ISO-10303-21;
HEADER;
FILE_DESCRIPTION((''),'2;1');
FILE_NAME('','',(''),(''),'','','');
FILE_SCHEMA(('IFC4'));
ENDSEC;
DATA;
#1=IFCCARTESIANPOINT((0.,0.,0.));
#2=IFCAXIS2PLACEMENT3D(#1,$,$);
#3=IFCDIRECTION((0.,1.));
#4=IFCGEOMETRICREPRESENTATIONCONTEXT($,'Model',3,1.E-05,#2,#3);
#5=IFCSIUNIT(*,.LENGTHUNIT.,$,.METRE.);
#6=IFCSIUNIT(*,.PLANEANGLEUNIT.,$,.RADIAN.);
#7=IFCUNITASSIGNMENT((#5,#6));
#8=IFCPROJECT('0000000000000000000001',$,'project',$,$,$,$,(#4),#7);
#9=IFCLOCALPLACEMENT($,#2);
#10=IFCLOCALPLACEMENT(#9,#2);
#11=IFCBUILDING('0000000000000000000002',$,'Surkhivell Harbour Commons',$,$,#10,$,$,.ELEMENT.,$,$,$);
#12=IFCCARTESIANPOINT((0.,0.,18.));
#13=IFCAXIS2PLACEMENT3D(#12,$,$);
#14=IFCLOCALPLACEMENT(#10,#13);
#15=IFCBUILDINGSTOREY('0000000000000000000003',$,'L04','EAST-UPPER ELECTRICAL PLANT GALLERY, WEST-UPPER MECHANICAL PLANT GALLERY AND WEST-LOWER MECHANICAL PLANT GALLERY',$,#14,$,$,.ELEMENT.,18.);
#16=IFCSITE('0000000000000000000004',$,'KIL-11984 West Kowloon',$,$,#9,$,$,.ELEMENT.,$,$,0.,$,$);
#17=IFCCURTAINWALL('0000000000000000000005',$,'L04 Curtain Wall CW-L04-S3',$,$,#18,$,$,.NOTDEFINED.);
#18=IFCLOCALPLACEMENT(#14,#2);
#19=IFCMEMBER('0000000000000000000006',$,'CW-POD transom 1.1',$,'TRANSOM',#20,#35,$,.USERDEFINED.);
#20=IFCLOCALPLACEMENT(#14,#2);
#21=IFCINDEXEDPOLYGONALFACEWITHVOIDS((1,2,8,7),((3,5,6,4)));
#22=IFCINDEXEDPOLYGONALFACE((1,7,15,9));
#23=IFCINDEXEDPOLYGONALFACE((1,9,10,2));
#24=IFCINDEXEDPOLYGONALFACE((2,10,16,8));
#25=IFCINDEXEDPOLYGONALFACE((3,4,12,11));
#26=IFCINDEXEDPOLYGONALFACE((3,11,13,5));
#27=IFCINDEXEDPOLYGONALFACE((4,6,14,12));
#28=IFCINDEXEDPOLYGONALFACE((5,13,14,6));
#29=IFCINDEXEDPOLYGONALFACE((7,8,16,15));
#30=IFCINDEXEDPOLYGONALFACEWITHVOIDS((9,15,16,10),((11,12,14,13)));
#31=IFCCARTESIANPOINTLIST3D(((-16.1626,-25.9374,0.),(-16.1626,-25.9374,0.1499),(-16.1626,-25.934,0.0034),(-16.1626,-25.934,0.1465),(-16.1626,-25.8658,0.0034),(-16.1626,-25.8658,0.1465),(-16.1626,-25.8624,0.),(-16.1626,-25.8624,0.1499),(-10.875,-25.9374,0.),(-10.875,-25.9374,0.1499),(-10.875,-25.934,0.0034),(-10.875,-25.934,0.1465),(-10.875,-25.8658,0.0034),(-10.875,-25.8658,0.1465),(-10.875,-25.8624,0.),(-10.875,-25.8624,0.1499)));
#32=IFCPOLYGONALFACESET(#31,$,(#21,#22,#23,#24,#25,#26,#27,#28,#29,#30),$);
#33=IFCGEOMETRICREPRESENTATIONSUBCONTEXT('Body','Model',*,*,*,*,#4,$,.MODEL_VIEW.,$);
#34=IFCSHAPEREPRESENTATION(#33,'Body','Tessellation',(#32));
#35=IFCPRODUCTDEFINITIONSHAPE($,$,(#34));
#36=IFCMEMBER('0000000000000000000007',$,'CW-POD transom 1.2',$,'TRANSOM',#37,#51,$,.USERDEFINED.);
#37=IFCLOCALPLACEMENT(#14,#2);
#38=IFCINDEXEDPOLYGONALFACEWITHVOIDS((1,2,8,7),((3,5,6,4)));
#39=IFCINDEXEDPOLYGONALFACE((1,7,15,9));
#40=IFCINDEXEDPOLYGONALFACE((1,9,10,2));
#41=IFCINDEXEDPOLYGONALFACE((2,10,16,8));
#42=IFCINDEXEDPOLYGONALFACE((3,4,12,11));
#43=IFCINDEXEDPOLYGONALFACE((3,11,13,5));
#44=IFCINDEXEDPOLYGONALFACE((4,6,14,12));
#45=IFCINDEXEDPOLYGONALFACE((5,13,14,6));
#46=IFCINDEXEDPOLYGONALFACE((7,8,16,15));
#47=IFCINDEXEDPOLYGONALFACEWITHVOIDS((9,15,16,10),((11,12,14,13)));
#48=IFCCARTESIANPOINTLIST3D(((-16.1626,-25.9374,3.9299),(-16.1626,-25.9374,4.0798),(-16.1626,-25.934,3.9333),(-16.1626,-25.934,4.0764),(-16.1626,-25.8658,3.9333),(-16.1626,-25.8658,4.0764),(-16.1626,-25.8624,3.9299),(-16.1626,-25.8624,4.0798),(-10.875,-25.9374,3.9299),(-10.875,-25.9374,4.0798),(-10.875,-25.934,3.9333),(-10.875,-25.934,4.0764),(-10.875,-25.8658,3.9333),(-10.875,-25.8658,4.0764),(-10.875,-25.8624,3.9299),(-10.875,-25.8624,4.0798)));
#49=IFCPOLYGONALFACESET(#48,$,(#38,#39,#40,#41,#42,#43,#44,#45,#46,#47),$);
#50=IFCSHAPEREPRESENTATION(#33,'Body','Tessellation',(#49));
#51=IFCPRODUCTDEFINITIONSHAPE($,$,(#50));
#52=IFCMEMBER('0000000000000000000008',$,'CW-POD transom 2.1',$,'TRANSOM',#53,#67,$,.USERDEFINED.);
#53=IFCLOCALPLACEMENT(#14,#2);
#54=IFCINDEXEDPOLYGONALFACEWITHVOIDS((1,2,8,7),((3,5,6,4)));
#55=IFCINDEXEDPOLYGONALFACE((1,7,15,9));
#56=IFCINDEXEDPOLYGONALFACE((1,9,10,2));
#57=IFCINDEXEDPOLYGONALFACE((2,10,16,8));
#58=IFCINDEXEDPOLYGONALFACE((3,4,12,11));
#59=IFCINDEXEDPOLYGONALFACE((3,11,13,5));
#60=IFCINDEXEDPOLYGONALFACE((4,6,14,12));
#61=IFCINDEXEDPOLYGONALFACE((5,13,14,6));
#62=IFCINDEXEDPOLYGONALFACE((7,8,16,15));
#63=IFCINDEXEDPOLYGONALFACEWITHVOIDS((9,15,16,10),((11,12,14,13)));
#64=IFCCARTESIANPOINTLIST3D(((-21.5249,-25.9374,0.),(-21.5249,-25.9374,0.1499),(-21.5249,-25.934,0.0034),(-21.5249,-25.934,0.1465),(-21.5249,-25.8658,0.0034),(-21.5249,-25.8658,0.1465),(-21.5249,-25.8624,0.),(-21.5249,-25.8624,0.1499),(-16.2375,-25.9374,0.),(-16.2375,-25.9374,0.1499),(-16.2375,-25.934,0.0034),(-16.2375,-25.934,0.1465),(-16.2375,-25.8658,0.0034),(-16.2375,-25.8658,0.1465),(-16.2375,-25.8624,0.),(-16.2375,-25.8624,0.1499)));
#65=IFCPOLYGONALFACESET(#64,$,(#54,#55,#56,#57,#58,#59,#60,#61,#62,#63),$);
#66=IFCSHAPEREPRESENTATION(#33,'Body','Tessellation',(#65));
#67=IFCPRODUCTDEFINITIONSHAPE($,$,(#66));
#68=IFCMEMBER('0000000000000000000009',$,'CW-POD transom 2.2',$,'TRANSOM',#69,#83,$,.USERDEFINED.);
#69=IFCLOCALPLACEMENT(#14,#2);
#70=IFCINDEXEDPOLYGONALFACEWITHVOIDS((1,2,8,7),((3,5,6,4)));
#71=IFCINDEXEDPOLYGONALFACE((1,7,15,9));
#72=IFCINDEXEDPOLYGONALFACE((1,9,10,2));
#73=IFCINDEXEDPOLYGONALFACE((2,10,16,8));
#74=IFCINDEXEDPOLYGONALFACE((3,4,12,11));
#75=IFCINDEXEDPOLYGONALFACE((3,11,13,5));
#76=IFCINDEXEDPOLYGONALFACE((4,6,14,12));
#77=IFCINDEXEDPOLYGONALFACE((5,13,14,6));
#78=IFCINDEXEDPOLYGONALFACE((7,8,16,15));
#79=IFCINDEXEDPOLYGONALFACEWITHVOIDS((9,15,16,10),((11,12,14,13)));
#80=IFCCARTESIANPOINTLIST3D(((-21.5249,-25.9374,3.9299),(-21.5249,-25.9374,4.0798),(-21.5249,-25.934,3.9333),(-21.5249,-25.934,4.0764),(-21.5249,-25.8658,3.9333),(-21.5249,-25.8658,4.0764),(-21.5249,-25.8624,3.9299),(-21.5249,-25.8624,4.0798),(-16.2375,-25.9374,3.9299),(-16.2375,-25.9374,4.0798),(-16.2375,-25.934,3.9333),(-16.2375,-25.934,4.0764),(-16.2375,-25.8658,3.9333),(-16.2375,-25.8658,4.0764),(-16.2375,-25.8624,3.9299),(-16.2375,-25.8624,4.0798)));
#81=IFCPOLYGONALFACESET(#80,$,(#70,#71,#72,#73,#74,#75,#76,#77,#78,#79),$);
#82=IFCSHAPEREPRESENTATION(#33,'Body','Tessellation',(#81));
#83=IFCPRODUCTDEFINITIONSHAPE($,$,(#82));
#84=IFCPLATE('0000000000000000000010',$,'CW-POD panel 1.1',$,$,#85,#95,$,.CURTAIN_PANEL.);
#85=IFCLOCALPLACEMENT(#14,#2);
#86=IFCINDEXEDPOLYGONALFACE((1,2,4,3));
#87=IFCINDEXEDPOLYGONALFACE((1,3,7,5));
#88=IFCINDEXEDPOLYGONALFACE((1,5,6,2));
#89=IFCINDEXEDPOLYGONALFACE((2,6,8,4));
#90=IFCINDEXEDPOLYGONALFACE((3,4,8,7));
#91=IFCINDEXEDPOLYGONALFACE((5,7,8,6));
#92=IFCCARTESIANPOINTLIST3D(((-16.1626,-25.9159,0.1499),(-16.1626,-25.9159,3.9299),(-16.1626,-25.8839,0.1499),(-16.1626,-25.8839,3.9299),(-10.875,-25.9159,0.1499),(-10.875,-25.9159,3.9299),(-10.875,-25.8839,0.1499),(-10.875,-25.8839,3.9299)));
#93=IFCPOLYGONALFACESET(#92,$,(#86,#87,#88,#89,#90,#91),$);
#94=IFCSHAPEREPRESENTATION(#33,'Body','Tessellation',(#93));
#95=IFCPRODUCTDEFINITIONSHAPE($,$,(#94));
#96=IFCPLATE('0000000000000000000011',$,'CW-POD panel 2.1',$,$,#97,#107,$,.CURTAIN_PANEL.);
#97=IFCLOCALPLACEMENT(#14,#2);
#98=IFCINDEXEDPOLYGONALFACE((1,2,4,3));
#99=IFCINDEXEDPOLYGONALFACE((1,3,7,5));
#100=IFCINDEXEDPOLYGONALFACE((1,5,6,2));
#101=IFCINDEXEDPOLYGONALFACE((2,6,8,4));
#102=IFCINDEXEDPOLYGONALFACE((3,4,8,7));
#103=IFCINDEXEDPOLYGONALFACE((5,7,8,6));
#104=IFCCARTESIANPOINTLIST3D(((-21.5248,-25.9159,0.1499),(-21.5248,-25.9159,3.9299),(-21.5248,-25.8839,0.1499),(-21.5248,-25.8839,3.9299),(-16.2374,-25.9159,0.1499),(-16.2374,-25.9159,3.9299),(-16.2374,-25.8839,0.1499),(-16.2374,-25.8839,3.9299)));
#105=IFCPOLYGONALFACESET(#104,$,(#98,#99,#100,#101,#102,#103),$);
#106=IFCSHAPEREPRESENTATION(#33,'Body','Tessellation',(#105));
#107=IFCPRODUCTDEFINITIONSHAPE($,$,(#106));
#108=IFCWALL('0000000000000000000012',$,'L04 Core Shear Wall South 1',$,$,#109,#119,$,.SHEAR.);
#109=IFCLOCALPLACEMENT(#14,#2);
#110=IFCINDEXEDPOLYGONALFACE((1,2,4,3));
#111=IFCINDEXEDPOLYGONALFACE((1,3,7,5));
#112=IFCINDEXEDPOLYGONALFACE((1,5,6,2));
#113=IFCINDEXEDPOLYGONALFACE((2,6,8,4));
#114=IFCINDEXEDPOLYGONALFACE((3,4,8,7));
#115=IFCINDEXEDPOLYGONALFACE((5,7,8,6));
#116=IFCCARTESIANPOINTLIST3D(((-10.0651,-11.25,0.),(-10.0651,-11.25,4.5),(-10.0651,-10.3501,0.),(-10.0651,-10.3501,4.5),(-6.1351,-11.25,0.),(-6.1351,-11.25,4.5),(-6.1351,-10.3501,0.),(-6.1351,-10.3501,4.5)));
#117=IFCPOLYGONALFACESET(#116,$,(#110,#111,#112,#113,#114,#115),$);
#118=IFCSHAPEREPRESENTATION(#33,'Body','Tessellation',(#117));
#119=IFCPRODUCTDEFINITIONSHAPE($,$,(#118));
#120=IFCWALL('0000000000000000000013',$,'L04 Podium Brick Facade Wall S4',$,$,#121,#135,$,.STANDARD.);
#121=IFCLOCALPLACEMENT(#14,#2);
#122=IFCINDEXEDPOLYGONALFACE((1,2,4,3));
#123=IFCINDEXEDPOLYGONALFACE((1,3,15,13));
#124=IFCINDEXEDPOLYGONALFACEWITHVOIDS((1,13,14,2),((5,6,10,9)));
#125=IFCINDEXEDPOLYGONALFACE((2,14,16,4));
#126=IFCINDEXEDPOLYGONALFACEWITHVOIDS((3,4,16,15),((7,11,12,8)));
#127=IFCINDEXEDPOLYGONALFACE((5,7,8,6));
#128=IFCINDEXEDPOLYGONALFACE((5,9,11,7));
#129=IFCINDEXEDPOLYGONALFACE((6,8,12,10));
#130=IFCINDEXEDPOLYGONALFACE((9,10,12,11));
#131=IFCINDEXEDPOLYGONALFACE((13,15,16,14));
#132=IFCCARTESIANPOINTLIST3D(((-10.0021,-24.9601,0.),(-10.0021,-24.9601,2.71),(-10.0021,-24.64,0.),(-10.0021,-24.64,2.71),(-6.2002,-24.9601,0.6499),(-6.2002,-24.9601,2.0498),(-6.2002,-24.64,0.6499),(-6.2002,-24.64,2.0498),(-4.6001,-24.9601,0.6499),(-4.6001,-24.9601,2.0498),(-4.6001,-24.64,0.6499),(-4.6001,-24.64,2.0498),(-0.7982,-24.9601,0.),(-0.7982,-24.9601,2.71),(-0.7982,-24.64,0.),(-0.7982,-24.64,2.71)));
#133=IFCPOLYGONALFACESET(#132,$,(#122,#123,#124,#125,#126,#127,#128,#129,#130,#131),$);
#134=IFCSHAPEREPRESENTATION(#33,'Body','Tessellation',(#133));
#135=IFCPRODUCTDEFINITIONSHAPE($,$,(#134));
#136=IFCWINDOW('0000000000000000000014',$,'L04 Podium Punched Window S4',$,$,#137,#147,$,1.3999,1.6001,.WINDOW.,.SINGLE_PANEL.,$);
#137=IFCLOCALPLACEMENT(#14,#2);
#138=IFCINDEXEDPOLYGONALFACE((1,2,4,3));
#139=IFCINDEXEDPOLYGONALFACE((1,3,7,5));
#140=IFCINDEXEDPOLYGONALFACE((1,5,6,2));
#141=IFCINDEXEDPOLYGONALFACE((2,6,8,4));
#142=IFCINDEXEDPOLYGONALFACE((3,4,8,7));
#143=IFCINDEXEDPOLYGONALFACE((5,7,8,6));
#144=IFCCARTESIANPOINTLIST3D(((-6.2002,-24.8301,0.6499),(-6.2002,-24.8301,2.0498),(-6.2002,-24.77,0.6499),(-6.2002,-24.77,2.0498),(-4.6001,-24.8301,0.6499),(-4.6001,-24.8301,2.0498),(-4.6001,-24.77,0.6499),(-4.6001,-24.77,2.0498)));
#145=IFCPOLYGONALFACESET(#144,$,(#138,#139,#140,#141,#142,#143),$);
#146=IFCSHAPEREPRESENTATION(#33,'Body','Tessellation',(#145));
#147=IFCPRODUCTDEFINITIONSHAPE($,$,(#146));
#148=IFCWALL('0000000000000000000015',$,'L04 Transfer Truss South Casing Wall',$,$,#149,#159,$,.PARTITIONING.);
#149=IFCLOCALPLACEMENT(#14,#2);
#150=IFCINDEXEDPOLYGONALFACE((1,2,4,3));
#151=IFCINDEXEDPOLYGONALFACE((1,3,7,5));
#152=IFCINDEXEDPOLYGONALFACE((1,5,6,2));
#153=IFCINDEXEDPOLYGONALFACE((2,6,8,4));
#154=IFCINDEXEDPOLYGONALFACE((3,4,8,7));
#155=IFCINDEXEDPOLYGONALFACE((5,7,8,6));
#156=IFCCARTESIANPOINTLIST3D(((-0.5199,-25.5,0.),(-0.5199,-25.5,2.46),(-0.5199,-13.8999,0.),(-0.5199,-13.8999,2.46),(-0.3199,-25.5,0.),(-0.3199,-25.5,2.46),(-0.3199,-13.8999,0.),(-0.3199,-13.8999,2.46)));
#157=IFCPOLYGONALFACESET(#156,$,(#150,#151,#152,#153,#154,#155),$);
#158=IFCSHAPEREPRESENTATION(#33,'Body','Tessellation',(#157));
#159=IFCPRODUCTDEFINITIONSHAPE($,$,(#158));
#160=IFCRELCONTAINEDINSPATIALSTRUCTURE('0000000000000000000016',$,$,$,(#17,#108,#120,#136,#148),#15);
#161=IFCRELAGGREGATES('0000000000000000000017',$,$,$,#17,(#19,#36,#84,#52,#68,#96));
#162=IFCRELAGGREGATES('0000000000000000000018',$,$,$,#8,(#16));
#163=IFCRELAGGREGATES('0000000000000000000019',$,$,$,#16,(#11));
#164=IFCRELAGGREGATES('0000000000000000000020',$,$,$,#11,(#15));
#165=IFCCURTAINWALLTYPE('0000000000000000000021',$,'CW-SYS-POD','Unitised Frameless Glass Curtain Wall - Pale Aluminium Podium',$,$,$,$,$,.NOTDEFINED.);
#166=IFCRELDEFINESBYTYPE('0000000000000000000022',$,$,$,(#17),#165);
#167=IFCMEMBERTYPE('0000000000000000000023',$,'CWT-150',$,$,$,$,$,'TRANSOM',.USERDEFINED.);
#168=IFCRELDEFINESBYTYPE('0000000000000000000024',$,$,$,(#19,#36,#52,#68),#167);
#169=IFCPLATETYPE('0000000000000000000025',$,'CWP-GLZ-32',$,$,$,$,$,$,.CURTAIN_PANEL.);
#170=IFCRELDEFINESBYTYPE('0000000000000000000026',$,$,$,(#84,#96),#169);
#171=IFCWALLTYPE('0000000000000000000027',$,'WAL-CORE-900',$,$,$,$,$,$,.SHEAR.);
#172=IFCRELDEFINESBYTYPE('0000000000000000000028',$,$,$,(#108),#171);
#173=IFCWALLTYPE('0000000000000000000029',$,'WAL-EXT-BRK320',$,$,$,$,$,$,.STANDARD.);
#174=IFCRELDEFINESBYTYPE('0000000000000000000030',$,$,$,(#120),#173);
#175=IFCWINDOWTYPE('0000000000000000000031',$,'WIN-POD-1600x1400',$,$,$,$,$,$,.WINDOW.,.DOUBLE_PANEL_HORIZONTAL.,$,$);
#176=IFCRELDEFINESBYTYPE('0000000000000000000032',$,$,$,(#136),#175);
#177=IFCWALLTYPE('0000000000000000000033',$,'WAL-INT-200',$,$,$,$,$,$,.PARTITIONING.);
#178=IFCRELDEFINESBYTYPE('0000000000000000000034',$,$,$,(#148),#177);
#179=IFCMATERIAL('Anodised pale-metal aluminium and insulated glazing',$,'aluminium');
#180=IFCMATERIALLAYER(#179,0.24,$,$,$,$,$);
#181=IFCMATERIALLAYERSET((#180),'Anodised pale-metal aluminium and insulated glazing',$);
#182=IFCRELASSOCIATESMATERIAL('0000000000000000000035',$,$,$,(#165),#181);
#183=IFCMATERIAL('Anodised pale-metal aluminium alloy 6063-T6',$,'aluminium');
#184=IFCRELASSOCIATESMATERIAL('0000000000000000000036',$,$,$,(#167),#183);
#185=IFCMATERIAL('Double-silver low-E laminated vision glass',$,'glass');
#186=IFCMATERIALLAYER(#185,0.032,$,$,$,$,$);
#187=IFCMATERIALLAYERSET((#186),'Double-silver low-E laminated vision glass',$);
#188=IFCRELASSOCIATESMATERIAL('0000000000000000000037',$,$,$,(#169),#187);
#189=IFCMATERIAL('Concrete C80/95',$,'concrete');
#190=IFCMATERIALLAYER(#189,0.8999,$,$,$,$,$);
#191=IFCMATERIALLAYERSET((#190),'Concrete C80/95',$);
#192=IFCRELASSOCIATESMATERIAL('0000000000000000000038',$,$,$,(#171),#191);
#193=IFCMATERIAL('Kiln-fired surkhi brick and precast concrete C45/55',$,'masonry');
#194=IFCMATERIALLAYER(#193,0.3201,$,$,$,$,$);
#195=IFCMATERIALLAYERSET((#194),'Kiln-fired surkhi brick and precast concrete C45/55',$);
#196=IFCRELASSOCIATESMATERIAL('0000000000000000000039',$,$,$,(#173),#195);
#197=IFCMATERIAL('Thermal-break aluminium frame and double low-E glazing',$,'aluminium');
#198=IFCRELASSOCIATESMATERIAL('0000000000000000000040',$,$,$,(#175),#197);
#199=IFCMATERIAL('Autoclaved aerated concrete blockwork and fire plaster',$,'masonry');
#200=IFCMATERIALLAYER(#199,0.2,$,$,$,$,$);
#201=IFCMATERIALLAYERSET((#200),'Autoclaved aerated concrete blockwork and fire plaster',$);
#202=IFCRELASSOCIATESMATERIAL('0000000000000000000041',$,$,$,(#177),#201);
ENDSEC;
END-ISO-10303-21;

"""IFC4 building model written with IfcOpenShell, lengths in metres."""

from ifc_helpers import new_model, si_unit, direction, frame, frame_2d, origin, origin_2d, place, context, subcontext, project, spatial, rectangle, hollow_rectangle, extrude, material, layer, layer_set, material_profile, profile_set, type_object, element, fill, aggregate, save


model = new_model("IFC4")

# Units and contexts
model_context = context("Model", 3, precision=1e-05, world=origin(), true_north=direction((0.0, 1.0)))
body_context = subcontext(model_context, "Body", "Model", "MODEL_VIEW")
ifc_project = project(units=[si_unit("LENGTHUNIT", "METRE"), si_unit("PLANEANGLEUNIT", "RADIAN")], contexts=[model_context])

# Site, building, storey
site_placement = place(None, origin())
site = spatial("IfcSite", under=ifc_project, at=site_placement, Name="KIL-11984 West Kowloon", CompositionType="ELEMENT", RefElevation=0.0)
building_placement = place(site_placement, origin())
building = spatial("IfcBuilding", under=site, at=building_placement, Name="Surkhivell Harbour Commons", CompositionType="ELEMENT")
storey_placement = place(building_placement, frame((0.0, 0.0, 18.0)))
storey = spatial("IfcBuildingStorey", under=building, at=storey_placement, Name="L04", Description="EAST-UPPER ELECTRICAL PLANT GALLERY, WEST-UPPER MECHANICAL PLANT GALLERY AND WEST-LOWER MECHANICAL PLANT GALLERY", CompositionType="ELEMENT", Elevation=18.0)

# Shared definitions
ifc_material_1 = material(Name="Concrete C80/95", Category="concrete")

# Curtain wall, members, plates
ifc_material_2 = material(Name="Anodised pale-metal aluminium and insulated glazing", Category="aluminium")
ifc_layer_1 = layer(ifc_material_2, 0.24)
ifc_layer_set_1 = layer_set([ifc_layer_1], Name="Anodised pale-metal aluminium and insulated glazing")
curtain_wall_type = type_object("IfcCurtainWallType", Name="CW-SYS-POD", Description="Unitised Frameless Glass Curtain Wall - Pale Aluminium Podium", PredefinedType="NOTDEFINED", material=ifc_layer_set_1)
curtain_wall_placement = place(storey_placement, origin())
curtain_wall = element("IfcCurtainWall", 1, at=curtain_wall_placement, inside=storey, type_object=curtain_wall_type, Name="L04 Curtain Wall CW-L04-S3", PredefinedType="NOTDEFINED")
ifc_material_3 = material(Name="Anodised pale-metal aluminium alloy 6063-T6", Category="aluminium")
ifc_material_profile_1 = material_profile(ifc_material_3, hollow_rectangle(XDim=0.075, YDim=0.1499, WallThickness=0.0034, at=origin_2d()), Name="ALU-TRAN-75x150")
ifc_profile_set_1 = profile_set([ifc_material_profile_1], Name="Anodised pale-metal aluminium alloy 6063-T6")
member_type_1 = type_object("IfcMemberType", Name="CWT-150", ElementType="TRANSOM", PredefinedType="USERDEFINED", material=ifc_profile_set_1)
member_1_placement = place(storey_placement, frame((-10.875, -25.8999, 0.075), z_axis=(-1.0, 0.0, 0.0), x_axis=(0.0, -1.0, 0.0)))
member_1 = element("IfcMember", 2, at=member_1_placement, type_object=member_type_1, Name="CW-POD transom 1.1", ObjectType="TRANSOM", PredefinedType="USERDEFINED", context=body_context, shape_type="SweptSolid", body=[
    extrude(hollow_rectangle(XDim=0.075, YDim=0.1499, WallThickness=0.0034, at=origin_2d()), origin(), (0.0, 0.0, 1.0), 5.2876),
])
member_2_placement = place(storey_placement, frame((-10.875, -25.8999, 4.0049), z_axis=(-1.0, 0.0, 0.0), x_axis=(0.0, -1.0, 0.0)))
member_2 = element("IfcMember", 3, at=member_2_placement, type_object=member_type_1, Name="CW-POD transom 1.2", ObjectType="TRANSOM", PredefinedType="USERDEFINED", context=body_context, shape_type="SweptSolid", body=[
    extrude(hollow_rectangle(XDim=0.075, YDim=0.1499, WallThickness=0.0034, at=origin_2d()), origin(), (0.0, 0.0, 1.0), 5.2876),
])
member_3_placement = place(storey_placement, frame((-16.2375, -25.8999, 0.075), z_axis=(-1.0, 0.0, 0.0), x_axis=(0.0, -1.0, 0.0)))
member_3 = element("IfcMember", 4, at=member_3_placement, type_object=member_type_1, Name="CW-POD transom 2.1", ObjectType="TRANSOM", PredefinedType="USERDEFINED", context=body_context, shape_type="SweptSolid", body=[
    extrude(hollow_rectangle(XDim=0.075, YDim=0.1499, WallThickness=0.0034, at=origin_2d()), origin(), (0.0, 0.0, 1.0), 5.2874),
])
member_4_placement = place(storey_placement, frame((-16.2375, -25.8999, 4.0049), z_axis=(-1.0, 0.0, 0.0), x_axis=(0.0, -1.0, 0.0)))
member_4 = element("IfcMember", 5, at=member_4_placement, type_object=member_type_1, Name="CW-POD transom 2.2", ObjectType="TRANSOM", PredefinedType="USERDEFINED", context=body_context, shape_type="SweptSolid", body=[
    extrude(hollow_rectangle(XDim=0.075, YDim=0.1499, WallThickness=0.0034, at=origin_2d()), origin(), (0.0, 0.0, 1.0), 5.2874),
])
ifc_material_4 = material(Name="Double-silver low-E laminated vision glass", Category="glass")
ifc_layer_2 = layer(ifc_material_4, 0.032)
ifc_layer_set_2 = layer_set([ifc_layer_2], Name="Double-silver low-E laminated vision glass")
plate_type = type_object("IfcPlateType", Name="CWP-GLZ-32", PredefinedType="CURTAIN_PANEL", material=ifc_layer_set_2)
plate_1_placement = place(storey_placement, frame((-10.875, -25.8999, 0.1499), z_axis=(0.0, 0.0, 1.0), x_axis=(-1.0, 0.0, 0.0)))
plate_1 = element("IfcPlate", 6, at=plate_1_placement, type_object=plate_type, Name="CW-POD panel 1.1", PredefinedType="CURTAIN_PANEL", context=body_context, shape_type="SweptSolid", body=[
    extrude(rectangle(XDim=5.2876, YDim=0.032, at=frame_2d((2.6438, 0.0))), origin(), (0.0, 0.0, 1.0), 3.78),
])
plate_2_placement = place(storey_placement, frame((-16.2375, -25.8999, 0.1499), z_axis=(0.0, 0.0, 1.0), x_axis=(-1.0, 0.0, 0.0)))
plate_2 = element("IfcPlate", 7, at=plate_2_placement, type_object=plate_type, Name="CW-POD panel 2.1", PredefinedType="CURTAIN_PANEL", context=body_context, shape_type="SweptSolid", body=[
    extrude(rectangle(XDim=5.2874, YDim=0.032, at=frame_2d((2.6436, 0.0))), origin(), (0.0, 0.0, 1.0), 3.78),
])
aggregate(curtain_wall, [member_1, member_2, plate_1, member_3, member_4, plate_2])

# Wall
ifc_layer_3 = layer(ifc_material_1, 0.8999)
ifc_layer_set_3 = layer_set([ifc_layer_3], Name="Concrete C80/95")
wall_type_1 = type_object("IfcWallType", Name="WAL-CORE-900", PredefinedType="SHEAR", material=ifc_layer_set_3)
wall_1_placement = place(storey_placement, frame((-10.0649, -10.8, 0.0), z_axis=(0.0, 0.0, 1.0), x_axis=(1.0, 0.0, 0.0)))
element("IfcWall", 8, at=wall_1_placement, inside=storey, type_object=wall_type_1, Name="L04 Core Shear Wall South 1", PredefinedType="SHEAR", context=body_context, shape_type="SweptSolid", body=[
    extrude(rectangle(XDim=3.9299, YDim=0.8999, at=frame_2d((1.9648, 0.0))), origin(), (0.0, 0.0, 1.0), 4.5),
])

# Wall, opening, window
ifc_material_5 = material(Name="Kiln-fired surkhi brick and precast concrete C45/55", Category="masonry")
ifc_layer_4 = layer(ifc_material_5, 0.3201)
ifc_layer_set_4 = layer_set([ifc_layer_4], Name="Kiln-fired surkhi brick and precast concrete C45/55")
wall_type_2 = type_object("IfcWallType", Name="WAL-EXT-BRK320", PredefinedType="STANDARD", material=ifc_layer_set_4)
wall_2_placement = place(storey_placement, frame((-0.7981, -24.8, 0.0), z_axis=(0.0, 0.0, 1.0), x_axis=(-1.0, 0.0, 0.0)))
wall_2 = element("IfcWall", 9, at=wall_2_placement, inside=storey, type_object=wall_type_2, Name="L04 Podium Brick Facade Wall S4", PredefinedType="STANDARD", context=body_context, shape_type="SweptSolid", body=[
    extrude(rectangle(XDim=9.2039, YDim=0.3201, at=frame_2d((4.6021, 0.0))), origin(), (0.0, 0.0, 1.0), 2.71),
])
opening_1_placement = place(wall_2_placement, frame((3.802, 0.0, 0.6499)))
opening_1 = element("IfcOpeningElement", 10, at=opening_1_placement, cuts=wall_2, PredefinedType="OPENING", context=body_context, shape_type="SweptSolid", body=[
    extrude(rectangle(XDim=1.6001, YDim=1.3999, at=frame_2d((0.8, 0.7))), frame((0.0, 0.1699, 0.0), z_axis=(0.0, -1.0, 0.0), x_axis=(1.0, 0.0, 0.0)), (0.0, 0.0, 1.0), 0.3401),
])
ifc_material_6 = material(Name="Thermal-break aluminium frame and double low-E glazing", Category="aluminium")
window_type = type_object("IfcWindowType", Name="WIN-POD-1600x1400", PartitioningType="DOUBLE_PANEL_HORIZONTAL", PredefinedType="WINDOW", material=ifc_material_6)
window_placement = place(opening_1_placement, origin())
window = element("IfcWindow", 11, at=window_placement, inside=storey, type_object=window_type, Name="L04 Podium Punched Window S4", OverallHeight=1.3999, OverallWidth=1.6001, PartitioningType="SINGLE_PANEL", PredefinedType="WINDOW", context=body_context, shape_type="SweptSolid", body=[
    extrude(rectangle(XDim=1.6001, YDim=1.3999, at=frame_2d((0.8, 0.7))), frame((0.0, 0.03, 0.0), z_axis=(0.0, -1.0, 0.0), x_axis=(1.0, 0.0, 0.0)), (0.0, 0.0, 1.0), 0.0601),
])
fill(opening_1, window)

# Wall
ifc_material_7 = material(Name="Autoclaved aerated concrete blockwork and fire plaster", Category="masonry")
ifc_layer_5 = layer(ifc_material_7, 0.2)
ifc_layer_set_5 = layer_set([ifc_layer_5], Name="Autoclaved aerated concrete blockwork and fire plaster")
wall_type_3 = type_object("IfcWallType", Name="WAL-INT-200", PredefinedType="PARTITIONING", material=ifc_layer_set_5)
wall_3_placement = place(storey_placement, frame((-0.4199, -25.5, 0.0), z_axis=(0.0, 0.0, 1.0), x_axis=(0.0, 1.0, 0.0)))
element("IfcWall", 12, at=wall_3_placement, inside=storey, type_object=wall_type_3, Name="L04 Transfer Truss South Casing Wall", PredefinedType="PARTITIONING", context=body_context, shape_type="SweptSolid", body=[
    extrude(rectangle(XDim=11.6001, YDim=0.2, at=frame_2d((5.8, 0.0))), origin(), (0.0, 0.0, 1.0), 2.46),
])

save(model, "model.ifc")
